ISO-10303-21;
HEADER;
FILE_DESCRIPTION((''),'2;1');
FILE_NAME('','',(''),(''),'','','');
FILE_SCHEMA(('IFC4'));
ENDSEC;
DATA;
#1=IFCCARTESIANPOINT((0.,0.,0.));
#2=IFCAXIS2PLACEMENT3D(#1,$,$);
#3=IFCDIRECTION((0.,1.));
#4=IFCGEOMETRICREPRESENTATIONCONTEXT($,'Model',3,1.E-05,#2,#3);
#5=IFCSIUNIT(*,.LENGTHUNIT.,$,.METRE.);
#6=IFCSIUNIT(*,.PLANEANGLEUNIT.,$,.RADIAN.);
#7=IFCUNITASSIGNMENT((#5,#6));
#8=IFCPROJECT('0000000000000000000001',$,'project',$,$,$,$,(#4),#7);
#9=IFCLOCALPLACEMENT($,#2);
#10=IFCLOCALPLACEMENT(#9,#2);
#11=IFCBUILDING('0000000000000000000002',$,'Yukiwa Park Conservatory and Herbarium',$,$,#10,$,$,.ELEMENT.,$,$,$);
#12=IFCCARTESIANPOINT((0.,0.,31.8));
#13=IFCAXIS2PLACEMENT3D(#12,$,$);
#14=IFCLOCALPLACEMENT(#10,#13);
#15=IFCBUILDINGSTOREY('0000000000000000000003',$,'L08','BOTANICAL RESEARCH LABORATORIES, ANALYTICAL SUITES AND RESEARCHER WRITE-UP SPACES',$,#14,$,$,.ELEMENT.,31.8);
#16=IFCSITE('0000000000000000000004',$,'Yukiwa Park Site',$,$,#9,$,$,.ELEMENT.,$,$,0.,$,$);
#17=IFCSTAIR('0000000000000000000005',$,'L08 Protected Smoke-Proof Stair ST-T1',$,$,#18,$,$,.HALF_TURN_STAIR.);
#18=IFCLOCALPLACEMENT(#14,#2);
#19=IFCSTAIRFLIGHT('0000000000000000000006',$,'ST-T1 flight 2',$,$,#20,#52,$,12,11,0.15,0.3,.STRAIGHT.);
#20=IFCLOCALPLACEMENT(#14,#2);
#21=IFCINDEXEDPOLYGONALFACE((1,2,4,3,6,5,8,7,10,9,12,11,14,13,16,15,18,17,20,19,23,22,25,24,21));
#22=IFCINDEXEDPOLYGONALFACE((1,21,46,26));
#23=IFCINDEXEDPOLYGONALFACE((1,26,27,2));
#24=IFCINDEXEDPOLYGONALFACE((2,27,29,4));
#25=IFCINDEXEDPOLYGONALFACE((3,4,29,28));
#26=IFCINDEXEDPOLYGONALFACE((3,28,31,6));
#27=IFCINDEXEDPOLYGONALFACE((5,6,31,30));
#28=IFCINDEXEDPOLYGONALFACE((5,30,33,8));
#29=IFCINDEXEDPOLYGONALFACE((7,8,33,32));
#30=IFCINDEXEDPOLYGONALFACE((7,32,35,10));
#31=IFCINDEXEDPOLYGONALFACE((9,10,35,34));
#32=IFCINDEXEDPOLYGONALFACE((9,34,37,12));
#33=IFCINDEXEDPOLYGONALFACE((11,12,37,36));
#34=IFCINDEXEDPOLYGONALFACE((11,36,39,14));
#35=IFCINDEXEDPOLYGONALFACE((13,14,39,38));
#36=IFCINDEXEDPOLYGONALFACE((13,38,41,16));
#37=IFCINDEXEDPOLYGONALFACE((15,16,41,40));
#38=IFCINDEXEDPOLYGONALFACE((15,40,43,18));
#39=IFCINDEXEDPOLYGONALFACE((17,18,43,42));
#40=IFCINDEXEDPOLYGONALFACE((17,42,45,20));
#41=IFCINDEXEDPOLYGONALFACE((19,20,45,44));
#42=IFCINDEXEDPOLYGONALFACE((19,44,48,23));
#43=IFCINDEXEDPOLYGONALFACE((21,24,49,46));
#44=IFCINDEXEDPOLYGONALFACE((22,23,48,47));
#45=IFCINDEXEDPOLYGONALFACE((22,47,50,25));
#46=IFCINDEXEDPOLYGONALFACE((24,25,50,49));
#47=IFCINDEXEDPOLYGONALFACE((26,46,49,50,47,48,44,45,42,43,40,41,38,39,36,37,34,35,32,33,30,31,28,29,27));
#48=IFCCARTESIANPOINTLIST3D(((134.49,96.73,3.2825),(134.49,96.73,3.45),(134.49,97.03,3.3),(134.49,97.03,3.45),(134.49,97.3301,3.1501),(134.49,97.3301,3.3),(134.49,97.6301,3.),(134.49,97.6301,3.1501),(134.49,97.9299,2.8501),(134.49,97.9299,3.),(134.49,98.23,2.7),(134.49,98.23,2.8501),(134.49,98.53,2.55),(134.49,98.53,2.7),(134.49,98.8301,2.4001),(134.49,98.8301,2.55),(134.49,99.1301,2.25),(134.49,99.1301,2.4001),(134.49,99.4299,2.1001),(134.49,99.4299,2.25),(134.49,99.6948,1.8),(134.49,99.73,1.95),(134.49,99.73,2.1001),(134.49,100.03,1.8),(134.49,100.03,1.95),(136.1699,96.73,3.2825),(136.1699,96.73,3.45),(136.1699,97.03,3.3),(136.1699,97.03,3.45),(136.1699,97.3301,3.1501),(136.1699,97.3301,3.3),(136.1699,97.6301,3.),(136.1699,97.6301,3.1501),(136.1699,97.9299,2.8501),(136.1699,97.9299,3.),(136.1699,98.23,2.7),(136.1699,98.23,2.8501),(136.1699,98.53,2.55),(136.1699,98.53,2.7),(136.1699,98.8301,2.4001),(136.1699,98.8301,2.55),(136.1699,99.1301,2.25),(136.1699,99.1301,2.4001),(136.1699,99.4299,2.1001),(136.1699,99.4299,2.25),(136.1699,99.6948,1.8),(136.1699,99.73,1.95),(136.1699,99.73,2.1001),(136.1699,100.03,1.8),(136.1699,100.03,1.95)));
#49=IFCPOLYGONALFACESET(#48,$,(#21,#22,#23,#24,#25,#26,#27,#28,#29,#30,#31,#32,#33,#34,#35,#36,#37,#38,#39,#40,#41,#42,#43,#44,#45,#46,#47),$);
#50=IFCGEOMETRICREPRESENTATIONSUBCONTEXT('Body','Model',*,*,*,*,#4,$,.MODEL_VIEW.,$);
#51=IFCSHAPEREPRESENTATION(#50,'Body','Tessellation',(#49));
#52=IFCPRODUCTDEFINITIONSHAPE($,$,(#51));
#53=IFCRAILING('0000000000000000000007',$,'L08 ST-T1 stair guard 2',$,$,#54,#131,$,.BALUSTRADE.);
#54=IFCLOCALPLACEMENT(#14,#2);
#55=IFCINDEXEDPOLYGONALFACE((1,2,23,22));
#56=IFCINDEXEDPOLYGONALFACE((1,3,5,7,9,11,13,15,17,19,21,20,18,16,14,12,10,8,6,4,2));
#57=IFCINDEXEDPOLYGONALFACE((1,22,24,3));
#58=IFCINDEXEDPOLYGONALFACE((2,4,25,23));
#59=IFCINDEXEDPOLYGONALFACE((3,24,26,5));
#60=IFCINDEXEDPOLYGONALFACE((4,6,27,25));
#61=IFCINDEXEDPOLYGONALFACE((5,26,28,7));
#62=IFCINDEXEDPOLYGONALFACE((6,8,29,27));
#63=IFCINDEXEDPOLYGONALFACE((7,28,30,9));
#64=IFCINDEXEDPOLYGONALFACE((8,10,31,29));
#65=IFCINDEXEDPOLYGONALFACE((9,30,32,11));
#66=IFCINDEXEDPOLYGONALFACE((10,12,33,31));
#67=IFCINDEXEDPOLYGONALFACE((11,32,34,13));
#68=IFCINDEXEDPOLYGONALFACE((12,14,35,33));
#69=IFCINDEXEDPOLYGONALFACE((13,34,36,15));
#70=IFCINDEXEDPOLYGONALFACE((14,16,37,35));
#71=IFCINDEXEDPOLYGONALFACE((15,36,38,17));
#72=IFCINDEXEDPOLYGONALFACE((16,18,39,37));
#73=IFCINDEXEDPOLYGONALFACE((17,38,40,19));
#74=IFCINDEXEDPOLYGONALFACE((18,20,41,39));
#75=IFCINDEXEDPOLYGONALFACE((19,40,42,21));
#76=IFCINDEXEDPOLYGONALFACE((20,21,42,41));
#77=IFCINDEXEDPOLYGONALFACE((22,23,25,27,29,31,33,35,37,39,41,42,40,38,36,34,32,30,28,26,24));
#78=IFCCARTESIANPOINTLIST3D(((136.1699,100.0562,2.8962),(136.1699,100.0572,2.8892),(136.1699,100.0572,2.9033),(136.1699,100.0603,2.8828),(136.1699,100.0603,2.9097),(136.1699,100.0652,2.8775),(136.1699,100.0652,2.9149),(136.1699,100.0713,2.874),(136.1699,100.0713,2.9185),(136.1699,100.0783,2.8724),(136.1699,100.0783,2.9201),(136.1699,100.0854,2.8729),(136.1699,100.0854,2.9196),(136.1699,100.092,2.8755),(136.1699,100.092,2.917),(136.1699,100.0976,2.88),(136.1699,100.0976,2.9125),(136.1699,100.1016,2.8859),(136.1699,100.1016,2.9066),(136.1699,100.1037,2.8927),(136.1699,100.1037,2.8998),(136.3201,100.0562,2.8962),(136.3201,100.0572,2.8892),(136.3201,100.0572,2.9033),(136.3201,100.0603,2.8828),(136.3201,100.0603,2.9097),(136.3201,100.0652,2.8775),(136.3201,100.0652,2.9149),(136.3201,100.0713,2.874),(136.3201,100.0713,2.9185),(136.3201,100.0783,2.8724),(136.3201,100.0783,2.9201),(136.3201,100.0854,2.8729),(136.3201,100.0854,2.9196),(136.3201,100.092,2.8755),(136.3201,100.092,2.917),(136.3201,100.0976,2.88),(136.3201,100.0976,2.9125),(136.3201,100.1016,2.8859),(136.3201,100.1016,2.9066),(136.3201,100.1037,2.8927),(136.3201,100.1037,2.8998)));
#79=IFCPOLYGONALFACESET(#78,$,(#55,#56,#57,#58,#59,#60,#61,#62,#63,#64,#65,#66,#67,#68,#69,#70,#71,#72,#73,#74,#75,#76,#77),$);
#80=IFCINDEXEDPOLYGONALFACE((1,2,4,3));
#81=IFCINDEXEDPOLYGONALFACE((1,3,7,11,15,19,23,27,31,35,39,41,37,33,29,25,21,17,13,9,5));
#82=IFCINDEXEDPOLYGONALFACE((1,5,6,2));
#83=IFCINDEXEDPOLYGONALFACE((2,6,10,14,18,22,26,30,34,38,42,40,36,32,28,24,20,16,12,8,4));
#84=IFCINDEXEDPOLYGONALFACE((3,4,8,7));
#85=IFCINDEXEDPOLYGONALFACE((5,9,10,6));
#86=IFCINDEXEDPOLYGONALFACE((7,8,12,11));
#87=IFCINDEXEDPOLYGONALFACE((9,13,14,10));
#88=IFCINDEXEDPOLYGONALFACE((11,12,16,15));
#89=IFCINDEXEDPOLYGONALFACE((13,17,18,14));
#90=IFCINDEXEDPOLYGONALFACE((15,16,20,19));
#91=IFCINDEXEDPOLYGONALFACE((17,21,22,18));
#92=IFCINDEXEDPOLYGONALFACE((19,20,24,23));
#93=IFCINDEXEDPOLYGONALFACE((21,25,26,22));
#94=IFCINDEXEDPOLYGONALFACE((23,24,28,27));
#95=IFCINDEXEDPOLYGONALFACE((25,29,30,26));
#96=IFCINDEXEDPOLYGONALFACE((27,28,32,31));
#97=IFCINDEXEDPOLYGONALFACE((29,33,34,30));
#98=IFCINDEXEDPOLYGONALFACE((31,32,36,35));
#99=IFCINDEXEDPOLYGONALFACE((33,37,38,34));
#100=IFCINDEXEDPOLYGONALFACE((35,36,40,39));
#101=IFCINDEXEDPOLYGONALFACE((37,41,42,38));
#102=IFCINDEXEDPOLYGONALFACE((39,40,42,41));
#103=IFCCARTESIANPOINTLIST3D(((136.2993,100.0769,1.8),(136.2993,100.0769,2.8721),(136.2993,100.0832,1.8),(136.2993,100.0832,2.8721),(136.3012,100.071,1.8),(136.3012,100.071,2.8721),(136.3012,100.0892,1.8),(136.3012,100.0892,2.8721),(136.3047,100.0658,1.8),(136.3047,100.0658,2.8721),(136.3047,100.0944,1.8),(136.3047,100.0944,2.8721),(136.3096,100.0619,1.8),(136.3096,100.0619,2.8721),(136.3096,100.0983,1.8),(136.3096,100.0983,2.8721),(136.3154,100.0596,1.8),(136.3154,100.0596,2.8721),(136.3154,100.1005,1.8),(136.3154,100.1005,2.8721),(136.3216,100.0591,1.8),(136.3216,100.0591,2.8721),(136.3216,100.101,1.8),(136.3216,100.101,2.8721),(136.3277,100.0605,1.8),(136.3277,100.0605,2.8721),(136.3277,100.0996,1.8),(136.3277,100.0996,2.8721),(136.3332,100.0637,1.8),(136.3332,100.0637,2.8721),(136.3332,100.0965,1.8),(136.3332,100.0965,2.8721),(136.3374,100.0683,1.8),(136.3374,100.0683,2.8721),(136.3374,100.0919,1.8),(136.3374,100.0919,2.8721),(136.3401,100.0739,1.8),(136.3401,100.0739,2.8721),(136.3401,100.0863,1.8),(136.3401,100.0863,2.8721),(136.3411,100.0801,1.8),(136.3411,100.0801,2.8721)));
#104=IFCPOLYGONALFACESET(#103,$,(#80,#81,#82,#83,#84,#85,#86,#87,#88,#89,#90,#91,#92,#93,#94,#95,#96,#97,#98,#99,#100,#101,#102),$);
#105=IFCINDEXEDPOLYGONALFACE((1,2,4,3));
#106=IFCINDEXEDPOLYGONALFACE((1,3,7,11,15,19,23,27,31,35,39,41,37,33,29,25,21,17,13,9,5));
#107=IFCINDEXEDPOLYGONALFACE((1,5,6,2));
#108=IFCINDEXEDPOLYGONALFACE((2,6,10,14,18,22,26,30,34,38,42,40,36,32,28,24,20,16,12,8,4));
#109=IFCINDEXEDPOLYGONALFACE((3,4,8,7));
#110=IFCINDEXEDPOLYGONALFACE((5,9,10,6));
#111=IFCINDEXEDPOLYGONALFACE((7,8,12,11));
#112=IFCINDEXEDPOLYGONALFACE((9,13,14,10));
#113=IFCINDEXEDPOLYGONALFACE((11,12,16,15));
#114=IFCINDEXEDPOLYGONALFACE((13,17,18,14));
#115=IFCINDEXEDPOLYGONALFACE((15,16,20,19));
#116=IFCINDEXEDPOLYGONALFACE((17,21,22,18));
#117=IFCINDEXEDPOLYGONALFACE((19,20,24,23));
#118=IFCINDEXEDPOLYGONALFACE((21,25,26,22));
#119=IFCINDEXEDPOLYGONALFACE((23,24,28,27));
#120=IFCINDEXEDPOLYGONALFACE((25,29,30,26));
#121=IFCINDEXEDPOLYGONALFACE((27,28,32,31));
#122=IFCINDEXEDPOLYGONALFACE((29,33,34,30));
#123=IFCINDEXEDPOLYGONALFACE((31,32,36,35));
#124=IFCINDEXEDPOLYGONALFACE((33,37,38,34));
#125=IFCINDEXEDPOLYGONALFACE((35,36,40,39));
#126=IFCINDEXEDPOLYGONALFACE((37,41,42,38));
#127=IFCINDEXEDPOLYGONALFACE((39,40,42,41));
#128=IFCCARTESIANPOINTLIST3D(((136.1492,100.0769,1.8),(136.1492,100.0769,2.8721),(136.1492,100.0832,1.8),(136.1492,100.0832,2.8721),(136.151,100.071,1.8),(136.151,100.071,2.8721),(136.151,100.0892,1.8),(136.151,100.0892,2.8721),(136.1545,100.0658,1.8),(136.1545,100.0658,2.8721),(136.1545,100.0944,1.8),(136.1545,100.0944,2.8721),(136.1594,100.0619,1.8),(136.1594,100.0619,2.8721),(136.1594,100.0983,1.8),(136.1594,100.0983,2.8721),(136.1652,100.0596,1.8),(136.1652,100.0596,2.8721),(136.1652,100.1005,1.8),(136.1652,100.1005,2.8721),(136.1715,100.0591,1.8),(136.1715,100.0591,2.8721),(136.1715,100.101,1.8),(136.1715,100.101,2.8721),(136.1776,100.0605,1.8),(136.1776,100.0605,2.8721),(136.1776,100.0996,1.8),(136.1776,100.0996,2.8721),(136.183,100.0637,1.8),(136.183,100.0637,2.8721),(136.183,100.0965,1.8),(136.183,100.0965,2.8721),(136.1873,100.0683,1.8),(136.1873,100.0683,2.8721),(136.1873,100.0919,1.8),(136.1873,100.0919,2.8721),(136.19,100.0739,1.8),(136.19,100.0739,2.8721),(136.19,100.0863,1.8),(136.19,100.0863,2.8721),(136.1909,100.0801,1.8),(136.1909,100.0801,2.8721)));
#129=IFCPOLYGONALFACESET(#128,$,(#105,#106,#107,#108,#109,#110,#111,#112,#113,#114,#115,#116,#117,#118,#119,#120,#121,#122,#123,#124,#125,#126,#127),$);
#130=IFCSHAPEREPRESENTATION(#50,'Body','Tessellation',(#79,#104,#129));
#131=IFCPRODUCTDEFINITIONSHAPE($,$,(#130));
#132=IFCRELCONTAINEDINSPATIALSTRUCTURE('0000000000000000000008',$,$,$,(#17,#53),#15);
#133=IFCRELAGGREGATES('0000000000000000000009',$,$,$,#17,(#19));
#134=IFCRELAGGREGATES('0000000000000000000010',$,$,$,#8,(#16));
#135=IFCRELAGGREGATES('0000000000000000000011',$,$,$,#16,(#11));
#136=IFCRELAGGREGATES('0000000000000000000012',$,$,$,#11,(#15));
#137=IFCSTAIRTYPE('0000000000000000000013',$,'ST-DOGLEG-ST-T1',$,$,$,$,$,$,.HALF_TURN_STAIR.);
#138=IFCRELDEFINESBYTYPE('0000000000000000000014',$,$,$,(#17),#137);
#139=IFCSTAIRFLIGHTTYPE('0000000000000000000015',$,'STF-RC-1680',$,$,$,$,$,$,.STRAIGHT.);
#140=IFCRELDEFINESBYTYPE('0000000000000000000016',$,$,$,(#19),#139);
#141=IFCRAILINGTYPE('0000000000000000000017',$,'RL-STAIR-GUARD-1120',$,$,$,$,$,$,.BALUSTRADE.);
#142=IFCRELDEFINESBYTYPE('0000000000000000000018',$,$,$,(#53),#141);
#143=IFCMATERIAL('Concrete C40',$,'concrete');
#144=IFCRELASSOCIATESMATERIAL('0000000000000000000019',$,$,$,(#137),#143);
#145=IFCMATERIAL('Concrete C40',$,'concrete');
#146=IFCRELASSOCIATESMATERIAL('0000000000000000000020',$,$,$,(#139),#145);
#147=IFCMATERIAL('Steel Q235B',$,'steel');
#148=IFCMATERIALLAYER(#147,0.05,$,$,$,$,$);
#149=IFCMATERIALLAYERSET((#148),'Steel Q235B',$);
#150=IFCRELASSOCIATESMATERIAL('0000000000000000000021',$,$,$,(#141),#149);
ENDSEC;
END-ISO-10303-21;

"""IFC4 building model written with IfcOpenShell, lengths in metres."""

from ifc_helpers import new_model, si_unit, direction, frame, origin, origin_2d, place, context, subcontext, project, spatial, polyline, circle, outline, extrude, material, layer, layer_set, type_object, element, aggregate, save


model = new_model("IFC4")

# Units and contexts
model_context = context("Model", 3, precision=1e-05, world=origin(), true_north=direction((0.0, 1.0)))
body_context = subcontext(model_context, "Body", "Model", "MODEL_VIEW")
ifc_project = project(units=[si_unit("LENGTHUNIT", "METRE"), si_unit("PLANEANGLEUNIT", "RADIAN")], contexts=[model_context])

# Site, building, storey
site_placement = place(None, origin())
site = spatial("IfcSite", under=ifc_project, at=site_placement, Name="Yukiwa Park Site", CompositionType="ELEMENT", RefElevation=0.0)
building_placement = place(site_placement, origin())
building = spatial("IfcBuilding", under=site, at=building_placement, Name="Yukiwa Park Conservatory and Herbarium", CompositionType="ELEMENT")
storey_placement = place(building_placement, frame((0.0, 0.0, 31.8)))
storey = spatial("IfcBuildingStorey", under=building, at=storey_placement, Name="L08", Description="BOTANICAL RESEARCH LABORATORIES, ANALYTICAL SUITES AND RESEARCHER WRITE-UP SPACES", CompositionType="ELEMENT", Elevation=31.8)

# Stair, stair flight
ifc_material_1 = material(Name="Concrete C40", Category="concrete")
stair_type = type_object("IfcStairType", Name="ST-DOGLEG-ST-T1", PredefinedType="HALF_TURN_STAIR", material=ifc_material_1)
stair_placement = place(storey_placement, origin())
stair = element("IfcStair", 1, at=stair_placement, inside=storey, type_object=stair_type, Name="L08 Protected Smoke-Proof Stair ST-T1", PredefinedType="HALF_TURN_STAIR")
ifc_material_2 = material(Name="Concrete C40", Category="concrete")
stair_flight_type = type_object("IfcStairFlightType", Name="STF-RC-1680", PredefinedType="STRAIGHT", material=ifc_material_2)
stair_flight_placement = place(storey_placement, frame((135.3301, 100.03, 1.8), z_axis=(0.0, 0.0, 1.0), x_axis=(0.0, -1.0, 0.0)))
stair_flight = element("IfcStairFlight", 2, at=stair_flight_placement, type_object=stair_flight_type, Name="ST-T1 flight 2", NumberOfRisers=12, NumberOfTreads=11, PredefinedType="STRAIGHT", RiserHeight=0.15, TreadLength=0.3, context=body_context, shape_type="SweptSolid", body=[
    extrude(outline(polyline([(0.0, 0.0), (0.0, 0.1499), (0.3, 0.1499), (0.3, 0.3), (0.6001, 0.3), (0.6001, 0.45), (0.8999, 0.45), (0.8999, 0.6001), (1.2, 0.6001), (1.2, 0.75), (1.5, 0.75), (1.5, 0.8999), (1.8, 0.8999), (1.8, 1.05), (2.1001, 1.05), (2.1001, 1.2), (2.3999, 1.2), (2.3999, 1.3501), (2.7, 1.3501), (2.7, 1.5), (3.0, 1.5), (3.0, 1.6499), (3.3, 1.6499), (3.3, 1.8), (3.3, 1.4824), (0.3352, 0.0), (0.0, 0.0)])), frame((0.0, 0.8398, 0.0), z_axis=(0.0, -1.0, 0.0), x_axis=(1.0, 0.0, 0.0)), (0.0, 0.0, 1.0), 1.6799),
])
aggregate(stair, [stair_flight])

# Railing
ifc_material_3 = material(Name="Steel Q235B", Category="steel")
ifc_layer_1 = layer(ifc_material_3, 0.05)
ifc_layer_set_1 = layer_set([ifc_layer_1], Name="Steel Q235B")
railing_type_1 = type_object("IfcRailingType", Name="RL-STAIR-GUARD-1120", PredefinedType="BALUSTRADE", material=ifc_layer_set_1)
railing_1_placement = place(storey_placement, frame((136.3201, 100.0801, 1.8)))
element("IfcRailing", 3, at=railing_1_placement, inside=storey, type_object=railing_type_1, Name="L08 ST-T1 stair guard 2", PredefinedType="BALUSTRADE", context=body_context, shape_type="SweptSolid", body=[
    extrude(circle(Radius=0.0239, at=origin_2d()), frame((0.0, 0.0, 1.0962), z_axis=(-1.0, 0.0, 0.0), x_axis=(0.0, -1.0, 0.0)), (0.0, 0.0, 1.0), 0.1501),
    extrude(circle(Radius=0.021, at=origin_2d()), origin(), (0.0, 0.0, 1.0), 1.072),
    extrude(circle(Radius=0.021, at=origin_2d()), frame((-0.1501, 0.0, 0.0)), (0.0, 0.0, 1.0), 1.072),
])

save(model, "model.ifc")
